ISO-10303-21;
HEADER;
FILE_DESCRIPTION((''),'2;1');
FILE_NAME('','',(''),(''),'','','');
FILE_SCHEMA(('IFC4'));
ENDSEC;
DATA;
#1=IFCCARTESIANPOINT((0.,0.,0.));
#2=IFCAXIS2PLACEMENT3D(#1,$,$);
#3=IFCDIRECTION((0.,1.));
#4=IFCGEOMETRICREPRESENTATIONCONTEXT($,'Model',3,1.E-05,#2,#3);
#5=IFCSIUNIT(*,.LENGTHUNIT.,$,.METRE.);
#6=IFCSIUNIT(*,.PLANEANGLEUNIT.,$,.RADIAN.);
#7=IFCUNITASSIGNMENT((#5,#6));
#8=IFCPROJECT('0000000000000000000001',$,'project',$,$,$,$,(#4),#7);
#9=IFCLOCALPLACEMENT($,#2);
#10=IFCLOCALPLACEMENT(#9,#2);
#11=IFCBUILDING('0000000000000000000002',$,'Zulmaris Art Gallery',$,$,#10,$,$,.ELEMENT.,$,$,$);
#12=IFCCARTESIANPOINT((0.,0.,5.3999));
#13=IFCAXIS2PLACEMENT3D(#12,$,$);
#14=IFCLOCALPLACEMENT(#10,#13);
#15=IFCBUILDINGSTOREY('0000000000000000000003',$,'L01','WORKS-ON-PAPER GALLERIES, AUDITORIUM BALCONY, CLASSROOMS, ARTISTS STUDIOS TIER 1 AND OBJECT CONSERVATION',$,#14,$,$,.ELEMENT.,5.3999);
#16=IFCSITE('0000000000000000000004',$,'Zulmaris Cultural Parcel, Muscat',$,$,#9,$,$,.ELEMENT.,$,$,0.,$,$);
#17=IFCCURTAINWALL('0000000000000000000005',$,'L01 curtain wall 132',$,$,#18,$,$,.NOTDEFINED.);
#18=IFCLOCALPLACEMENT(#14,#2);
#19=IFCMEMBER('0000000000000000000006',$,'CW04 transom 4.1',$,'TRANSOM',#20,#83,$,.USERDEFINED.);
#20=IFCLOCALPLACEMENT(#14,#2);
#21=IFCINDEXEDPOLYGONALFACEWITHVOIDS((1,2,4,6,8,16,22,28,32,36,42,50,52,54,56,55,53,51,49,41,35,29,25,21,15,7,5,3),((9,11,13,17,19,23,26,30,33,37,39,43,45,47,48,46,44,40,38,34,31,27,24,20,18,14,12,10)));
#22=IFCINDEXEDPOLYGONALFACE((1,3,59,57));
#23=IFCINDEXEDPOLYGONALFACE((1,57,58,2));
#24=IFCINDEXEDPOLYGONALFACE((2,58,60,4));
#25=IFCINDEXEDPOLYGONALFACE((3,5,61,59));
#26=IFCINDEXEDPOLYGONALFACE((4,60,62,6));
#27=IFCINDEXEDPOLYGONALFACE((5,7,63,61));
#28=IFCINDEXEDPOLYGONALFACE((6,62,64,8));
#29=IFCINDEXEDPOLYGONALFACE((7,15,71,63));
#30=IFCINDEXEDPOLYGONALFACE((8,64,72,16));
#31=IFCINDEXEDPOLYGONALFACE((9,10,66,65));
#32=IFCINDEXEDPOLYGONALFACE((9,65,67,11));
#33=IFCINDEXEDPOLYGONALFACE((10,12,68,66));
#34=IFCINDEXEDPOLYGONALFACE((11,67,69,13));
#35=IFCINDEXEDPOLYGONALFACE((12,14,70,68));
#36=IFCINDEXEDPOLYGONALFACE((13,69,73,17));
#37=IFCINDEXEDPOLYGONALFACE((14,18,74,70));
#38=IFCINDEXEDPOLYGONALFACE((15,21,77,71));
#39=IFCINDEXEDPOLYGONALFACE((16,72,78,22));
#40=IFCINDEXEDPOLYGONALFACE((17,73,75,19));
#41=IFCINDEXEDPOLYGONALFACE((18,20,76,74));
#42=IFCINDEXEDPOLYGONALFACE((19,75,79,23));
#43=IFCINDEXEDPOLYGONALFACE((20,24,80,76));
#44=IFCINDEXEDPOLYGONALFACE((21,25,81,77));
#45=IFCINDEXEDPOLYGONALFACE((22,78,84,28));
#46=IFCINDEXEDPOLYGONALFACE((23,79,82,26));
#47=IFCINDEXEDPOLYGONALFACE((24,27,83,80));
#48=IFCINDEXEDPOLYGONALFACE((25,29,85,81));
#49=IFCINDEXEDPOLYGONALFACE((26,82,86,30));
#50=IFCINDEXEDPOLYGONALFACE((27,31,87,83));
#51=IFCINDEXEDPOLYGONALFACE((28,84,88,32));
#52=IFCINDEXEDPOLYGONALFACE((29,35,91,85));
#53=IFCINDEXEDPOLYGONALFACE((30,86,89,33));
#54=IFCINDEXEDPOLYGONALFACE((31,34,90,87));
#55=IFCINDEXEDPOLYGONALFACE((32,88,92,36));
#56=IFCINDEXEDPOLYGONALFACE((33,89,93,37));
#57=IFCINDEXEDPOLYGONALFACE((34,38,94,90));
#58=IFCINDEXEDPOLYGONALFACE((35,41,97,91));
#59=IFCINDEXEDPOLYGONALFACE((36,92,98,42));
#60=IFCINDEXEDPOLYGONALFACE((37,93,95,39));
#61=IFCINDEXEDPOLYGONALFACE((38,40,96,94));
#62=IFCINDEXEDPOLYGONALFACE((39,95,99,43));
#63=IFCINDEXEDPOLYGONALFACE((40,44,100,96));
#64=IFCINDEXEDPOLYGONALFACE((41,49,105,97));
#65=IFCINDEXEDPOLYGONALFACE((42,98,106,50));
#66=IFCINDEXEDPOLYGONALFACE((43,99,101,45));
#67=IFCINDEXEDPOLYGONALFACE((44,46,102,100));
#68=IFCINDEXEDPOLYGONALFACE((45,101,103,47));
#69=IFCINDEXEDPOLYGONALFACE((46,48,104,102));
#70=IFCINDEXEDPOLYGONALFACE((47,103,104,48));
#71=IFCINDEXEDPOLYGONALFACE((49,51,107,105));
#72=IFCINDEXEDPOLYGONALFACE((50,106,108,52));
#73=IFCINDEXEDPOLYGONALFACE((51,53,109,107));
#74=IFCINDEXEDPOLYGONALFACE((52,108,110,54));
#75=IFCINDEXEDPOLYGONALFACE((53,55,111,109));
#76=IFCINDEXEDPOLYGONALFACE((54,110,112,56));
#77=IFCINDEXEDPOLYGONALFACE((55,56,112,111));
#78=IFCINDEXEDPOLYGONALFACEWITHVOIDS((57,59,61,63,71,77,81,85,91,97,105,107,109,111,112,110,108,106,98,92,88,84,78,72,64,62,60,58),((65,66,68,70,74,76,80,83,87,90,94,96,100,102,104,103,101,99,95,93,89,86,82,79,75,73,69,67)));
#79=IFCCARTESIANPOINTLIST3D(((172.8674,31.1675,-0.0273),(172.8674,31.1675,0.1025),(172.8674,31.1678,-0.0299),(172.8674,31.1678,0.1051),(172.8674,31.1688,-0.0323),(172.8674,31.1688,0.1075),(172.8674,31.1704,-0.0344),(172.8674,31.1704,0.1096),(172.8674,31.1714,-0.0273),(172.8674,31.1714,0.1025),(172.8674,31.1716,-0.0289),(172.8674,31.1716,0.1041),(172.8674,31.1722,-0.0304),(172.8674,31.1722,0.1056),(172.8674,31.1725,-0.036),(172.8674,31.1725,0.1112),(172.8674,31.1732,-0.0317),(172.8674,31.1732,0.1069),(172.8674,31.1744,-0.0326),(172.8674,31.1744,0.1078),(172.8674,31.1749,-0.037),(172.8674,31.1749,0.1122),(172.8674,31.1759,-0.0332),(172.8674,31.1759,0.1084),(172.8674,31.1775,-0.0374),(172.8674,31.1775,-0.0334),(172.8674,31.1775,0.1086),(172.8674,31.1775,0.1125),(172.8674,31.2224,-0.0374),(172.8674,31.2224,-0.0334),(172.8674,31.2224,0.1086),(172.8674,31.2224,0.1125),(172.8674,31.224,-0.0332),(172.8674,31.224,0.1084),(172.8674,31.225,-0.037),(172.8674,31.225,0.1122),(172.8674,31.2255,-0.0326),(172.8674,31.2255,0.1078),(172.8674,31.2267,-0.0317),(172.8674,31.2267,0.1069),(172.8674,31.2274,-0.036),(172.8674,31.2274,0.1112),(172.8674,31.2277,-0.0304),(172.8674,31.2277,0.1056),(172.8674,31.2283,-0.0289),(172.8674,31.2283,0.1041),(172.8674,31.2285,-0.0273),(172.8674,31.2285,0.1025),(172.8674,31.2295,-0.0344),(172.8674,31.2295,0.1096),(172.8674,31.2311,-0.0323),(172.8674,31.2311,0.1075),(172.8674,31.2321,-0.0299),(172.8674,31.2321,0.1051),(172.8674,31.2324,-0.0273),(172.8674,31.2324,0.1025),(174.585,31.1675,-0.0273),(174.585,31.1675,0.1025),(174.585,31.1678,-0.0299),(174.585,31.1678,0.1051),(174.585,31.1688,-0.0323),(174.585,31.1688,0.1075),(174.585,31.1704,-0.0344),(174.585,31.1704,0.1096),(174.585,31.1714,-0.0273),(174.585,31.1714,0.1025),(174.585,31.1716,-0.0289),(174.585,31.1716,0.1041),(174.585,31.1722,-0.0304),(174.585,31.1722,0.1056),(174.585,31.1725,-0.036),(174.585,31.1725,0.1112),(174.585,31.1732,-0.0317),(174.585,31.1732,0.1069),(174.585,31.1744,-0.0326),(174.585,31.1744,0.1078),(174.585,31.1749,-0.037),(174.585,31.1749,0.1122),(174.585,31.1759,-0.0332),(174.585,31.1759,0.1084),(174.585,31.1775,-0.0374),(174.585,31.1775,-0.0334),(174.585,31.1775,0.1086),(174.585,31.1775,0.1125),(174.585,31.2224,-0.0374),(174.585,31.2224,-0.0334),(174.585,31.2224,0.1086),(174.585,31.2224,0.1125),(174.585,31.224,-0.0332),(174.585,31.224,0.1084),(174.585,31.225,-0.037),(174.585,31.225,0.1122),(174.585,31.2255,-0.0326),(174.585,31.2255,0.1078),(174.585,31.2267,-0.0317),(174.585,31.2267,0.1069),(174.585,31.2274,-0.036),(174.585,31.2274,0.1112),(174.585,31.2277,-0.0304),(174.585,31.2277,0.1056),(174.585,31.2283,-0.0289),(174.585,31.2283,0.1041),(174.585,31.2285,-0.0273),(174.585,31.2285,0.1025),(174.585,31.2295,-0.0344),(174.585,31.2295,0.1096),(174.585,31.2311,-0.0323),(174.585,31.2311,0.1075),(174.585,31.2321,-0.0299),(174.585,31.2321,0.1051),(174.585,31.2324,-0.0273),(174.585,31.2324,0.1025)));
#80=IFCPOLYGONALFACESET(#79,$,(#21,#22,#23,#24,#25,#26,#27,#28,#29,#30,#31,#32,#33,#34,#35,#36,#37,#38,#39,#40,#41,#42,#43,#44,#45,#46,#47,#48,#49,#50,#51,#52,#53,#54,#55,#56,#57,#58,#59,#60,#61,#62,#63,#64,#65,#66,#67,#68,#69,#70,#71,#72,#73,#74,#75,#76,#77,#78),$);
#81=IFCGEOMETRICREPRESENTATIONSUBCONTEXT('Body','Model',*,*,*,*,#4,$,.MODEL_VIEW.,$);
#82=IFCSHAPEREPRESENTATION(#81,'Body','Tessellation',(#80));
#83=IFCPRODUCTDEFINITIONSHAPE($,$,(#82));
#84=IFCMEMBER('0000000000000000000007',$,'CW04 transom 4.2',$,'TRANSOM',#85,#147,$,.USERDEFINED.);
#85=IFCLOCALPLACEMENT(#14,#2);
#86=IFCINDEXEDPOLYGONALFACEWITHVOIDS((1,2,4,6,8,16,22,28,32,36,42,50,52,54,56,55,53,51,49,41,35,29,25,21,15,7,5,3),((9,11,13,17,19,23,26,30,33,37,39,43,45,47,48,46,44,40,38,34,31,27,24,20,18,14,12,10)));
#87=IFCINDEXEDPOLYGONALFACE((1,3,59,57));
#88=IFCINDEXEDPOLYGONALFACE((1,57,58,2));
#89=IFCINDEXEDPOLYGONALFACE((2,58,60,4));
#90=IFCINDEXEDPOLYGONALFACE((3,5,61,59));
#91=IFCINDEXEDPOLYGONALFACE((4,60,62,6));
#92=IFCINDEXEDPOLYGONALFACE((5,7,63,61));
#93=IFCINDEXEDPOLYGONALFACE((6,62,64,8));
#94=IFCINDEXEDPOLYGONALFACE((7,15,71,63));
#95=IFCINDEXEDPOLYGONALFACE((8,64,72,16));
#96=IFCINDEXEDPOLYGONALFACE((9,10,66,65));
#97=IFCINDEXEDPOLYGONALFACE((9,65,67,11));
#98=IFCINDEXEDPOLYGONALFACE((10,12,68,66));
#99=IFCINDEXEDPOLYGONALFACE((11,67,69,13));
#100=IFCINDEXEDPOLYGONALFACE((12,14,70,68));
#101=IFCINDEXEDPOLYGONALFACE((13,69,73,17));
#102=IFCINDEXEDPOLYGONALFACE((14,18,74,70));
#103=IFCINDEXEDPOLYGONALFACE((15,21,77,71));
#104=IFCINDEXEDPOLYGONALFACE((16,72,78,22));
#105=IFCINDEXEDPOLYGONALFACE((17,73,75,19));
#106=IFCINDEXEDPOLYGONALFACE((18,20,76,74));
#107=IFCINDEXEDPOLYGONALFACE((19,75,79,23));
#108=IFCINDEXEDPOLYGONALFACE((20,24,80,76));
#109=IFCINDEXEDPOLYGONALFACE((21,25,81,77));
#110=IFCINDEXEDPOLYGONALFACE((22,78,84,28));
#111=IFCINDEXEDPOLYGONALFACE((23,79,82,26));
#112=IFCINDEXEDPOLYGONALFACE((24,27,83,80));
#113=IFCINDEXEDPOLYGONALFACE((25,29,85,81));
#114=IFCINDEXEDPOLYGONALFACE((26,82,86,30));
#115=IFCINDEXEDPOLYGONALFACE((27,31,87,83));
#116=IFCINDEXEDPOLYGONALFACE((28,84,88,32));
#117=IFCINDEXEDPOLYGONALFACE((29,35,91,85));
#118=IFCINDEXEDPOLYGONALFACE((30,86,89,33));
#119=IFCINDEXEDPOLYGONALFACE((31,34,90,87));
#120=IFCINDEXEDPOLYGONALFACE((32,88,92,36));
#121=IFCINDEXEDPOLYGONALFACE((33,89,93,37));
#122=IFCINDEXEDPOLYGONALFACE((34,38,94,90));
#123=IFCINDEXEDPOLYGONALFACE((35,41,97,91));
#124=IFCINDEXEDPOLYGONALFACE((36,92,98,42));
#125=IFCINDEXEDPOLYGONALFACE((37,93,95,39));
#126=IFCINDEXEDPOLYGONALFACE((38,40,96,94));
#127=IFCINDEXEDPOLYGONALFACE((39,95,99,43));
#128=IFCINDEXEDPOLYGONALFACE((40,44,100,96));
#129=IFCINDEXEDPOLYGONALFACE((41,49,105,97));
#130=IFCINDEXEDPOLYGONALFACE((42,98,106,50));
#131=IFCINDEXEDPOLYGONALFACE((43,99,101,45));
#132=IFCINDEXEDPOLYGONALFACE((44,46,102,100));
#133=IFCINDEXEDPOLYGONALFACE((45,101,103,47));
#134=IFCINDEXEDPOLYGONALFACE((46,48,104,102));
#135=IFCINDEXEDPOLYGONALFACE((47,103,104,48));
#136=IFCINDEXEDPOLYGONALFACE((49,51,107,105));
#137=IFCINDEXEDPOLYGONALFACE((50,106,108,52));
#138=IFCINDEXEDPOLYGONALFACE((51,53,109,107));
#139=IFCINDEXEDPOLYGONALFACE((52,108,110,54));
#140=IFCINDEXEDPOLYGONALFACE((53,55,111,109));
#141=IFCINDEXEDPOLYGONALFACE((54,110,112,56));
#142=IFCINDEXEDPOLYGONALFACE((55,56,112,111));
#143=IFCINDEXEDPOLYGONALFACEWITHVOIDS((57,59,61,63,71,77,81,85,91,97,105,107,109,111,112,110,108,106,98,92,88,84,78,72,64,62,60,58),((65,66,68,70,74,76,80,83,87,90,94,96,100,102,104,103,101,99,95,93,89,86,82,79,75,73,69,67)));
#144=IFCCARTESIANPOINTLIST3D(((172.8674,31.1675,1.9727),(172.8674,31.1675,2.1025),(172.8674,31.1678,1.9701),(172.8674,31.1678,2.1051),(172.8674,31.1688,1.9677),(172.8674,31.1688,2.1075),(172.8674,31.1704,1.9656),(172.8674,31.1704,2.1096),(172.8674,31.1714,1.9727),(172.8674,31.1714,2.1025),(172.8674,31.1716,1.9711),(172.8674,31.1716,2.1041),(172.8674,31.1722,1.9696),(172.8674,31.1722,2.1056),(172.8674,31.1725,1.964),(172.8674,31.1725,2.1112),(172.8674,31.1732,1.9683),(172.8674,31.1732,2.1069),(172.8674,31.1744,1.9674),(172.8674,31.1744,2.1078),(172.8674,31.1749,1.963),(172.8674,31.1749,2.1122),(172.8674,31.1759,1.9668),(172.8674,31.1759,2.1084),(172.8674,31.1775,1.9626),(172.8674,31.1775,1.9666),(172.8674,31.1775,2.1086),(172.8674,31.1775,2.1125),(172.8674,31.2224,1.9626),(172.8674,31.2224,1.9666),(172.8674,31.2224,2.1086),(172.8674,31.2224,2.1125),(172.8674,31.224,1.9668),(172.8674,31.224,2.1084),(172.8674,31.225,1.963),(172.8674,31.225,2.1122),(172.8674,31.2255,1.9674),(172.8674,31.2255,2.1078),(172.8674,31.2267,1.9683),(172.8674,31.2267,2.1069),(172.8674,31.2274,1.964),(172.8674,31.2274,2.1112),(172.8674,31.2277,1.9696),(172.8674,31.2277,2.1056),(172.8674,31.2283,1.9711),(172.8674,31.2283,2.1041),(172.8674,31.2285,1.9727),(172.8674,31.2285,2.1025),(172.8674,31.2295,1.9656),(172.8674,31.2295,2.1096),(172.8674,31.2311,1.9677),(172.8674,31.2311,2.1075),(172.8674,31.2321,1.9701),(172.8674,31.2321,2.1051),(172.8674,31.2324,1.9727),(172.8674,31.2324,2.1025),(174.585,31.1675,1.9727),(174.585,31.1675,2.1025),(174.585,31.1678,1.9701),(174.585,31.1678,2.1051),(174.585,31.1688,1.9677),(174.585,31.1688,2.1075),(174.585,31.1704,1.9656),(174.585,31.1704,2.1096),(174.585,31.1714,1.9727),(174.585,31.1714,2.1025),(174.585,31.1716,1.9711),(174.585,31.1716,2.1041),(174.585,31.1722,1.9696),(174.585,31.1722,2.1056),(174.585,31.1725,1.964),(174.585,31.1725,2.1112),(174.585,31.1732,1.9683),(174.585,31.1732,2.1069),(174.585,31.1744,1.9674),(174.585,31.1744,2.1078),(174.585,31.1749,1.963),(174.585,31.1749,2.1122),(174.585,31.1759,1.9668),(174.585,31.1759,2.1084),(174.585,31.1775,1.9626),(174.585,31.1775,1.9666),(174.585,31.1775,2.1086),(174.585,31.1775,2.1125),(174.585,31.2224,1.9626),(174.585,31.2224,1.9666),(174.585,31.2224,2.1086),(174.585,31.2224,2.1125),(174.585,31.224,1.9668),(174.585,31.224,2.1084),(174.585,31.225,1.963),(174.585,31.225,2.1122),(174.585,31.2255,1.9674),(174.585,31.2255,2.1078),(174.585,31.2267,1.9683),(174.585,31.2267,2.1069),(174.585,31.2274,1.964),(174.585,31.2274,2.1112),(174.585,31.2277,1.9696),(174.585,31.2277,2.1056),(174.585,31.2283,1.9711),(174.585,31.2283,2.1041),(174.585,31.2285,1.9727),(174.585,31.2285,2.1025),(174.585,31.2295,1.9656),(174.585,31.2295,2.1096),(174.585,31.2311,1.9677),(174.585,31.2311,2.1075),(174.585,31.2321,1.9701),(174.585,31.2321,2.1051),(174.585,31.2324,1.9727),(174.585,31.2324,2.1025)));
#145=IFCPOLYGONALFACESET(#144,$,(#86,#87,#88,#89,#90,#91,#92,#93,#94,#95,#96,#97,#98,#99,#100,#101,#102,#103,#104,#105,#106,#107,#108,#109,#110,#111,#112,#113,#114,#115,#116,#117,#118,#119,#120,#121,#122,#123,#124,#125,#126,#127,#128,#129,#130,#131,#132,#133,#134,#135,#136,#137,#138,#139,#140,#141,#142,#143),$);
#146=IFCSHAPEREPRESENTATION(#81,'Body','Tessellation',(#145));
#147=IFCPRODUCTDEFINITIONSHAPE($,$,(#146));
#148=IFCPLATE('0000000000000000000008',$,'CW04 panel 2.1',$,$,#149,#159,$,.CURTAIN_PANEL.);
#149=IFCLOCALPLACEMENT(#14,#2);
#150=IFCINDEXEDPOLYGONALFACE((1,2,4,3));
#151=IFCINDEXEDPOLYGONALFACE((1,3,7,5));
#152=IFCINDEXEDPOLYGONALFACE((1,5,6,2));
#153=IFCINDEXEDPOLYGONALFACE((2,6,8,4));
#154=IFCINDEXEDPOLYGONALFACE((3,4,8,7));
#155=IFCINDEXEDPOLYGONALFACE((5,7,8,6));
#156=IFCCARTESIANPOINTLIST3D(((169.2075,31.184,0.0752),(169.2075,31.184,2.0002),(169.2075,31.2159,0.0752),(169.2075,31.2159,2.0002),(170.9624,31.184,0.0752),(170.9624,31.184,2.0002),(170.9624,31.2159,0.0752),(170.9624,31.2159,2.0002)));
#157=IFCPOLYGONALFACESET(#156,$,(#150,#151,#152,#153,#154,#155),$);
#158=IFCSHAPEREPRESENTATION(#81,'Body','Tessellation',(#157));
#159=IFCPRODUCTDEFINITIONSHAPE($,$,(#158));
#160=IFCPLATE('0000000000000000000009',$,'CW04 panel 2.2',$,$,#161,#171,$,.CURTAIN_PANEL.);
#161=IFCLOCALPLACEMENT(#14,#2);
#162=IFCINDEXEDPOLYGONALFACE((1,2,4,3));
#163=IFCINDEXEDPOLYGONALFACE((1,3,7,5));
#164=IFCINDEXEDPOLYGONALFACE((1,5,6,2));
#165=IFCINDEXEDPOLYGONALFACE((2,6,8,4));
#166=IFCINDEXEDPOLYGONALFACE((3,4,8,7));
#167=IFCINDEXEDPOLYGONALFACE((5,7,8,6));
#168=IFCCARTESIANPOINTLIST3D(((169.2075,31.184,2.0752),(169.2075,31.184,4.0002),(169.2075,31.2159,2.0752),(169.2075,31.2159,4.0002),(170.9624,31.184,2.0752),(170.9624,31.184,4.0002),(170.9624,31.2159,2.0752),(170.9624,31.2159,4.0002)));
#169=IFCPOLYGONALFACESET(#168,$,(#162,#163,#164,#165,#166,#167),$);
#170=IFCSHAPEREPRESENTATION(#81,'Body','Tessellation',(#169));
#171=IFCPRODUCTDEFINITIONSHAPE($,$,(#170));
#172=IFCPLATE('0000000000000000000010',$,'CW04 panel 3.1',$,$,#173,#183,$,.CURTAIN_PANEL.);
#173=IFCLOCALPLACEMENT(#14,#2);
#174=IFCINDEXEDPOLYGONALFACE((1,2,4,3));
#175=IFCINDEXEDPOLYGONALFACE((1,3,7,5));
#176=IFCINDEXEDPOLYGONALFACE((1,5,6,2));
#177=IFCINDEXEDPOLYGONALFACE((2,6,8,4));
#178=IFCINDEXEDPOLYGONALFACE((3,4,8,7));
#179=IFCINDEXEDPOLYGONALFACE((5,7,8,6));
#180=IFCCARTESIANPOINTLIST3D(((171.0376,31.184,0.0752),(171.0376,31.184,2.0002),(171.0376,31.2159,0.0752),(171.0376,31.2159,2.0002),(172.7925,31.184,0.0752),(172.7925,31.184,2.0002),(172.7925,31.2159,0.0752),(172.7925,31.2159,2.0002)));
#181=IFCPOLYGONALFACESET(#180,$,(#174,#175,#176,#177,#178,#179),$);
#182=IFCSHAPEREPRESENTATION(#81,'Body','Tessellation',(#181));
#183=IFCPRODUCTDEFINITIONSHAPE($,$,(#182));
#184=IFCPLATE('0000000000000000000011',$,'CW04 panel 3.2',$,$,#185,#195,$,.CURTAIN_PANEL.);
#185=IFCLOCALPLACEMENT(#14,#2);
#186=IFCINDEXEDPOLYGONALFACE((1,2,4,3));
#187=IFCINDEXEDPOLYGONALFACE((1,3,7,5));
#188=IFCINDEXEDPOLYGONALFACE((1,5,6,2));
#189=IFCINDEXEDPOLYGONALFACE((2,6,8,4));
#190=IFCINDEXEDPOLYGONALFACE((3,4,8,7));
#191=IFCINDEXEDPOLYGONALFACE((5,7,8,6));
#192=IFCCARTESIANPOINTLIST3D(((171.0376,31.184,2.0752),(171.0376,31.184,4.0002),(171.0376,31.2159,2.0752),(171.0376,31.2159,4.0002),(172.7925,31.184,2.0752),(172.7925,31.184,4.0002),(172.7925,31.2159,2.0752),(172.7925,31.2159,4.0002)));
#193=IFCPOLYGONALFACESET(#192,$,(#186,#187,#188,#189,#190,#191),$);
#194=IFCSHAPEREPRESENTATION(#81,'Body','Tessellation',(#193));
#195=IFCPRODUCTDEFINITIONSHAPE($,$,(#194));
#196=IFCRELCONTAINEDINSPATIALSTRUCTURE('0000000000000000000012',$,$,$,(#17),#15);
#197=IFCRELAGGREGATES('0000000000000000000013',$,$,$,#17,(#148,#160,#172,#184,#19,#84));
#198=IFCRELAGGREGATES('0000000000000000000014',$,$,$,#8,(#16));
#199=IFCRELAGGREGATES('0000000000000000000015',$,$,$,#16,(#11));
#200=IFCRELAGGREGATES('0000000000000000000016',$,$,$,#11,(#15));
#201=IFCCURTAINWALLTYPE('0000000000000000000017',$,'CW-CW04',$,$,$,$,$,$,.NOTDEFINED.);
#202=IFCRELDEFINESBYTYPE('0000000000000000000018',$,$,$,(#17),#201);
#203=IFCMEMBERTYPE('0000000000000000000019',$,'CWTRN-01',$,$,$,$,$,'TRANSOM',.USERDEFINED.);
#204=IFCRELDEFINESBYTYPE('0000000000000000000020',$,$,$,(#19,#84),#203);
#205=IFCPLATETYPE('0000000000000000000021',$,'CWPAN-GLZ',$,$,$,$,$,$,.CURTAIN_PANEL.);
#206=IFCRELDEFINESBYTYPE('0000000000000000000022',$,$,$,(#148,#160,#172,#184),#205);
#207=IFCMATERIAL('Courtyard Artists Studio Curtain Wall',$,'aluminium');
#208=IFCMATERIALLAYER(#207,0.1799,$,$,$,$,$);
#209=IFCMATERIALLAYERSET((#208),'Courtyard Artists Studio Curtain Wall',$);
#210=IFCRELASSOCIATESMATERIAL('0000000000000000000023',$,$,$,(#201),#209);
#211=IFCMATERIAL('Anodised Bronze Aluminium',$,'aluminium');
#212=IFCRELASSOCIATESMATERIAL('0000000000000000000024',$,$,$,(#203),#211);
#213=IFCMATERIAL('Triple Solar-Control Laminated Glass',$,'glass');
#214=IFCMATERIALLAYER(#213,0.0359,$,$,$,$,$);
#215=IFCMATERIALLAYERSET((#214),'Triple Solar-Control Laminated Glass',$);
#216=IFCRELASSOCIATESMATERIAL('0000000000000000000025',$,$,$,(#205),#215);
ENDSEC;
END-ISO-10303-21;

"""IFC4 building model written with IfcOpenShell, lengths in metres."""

from ifc_helpers import new_model, si_unit, direction, frame, origin, origin_2d, place, context, subcontext, project, spatial, rectangle, hollow_rectangle, extrude, material, layer, layer_set, material_profile, profile_set, type_object, element, aggregate, save


model = new_model("IFC4")

# Units and contexts
model_context = context("Model", 3, precision=1e-05, world=origin(), true_north=direction((0.0, 1.0)))
body_context = subcontext(model_context, "Body", "Model", "MODEL_VIEW")
ifc_project = project(units=[si_unit("LENGTHUNIT", "METRE"), si_unit("PLANEANGLEUNIT", "RADIAN")], contexts=[model_context])

# Site, building, storey
site_placement = place(None, origin())
site = spatial("IfcSite", under=ifc_project, at=site_placement, Name="Zulmaris Cultural Parcel, Muscat", CompositionType="ELEMENT", RefElevation=0.0)
building_placement = place(site_placement, origin())
building = spatial("IfcBuilding", under=site, at=building_placement, Name="Zulmaris Art Gallery", CompositionType="ELEMENT")
storey_placement = place(building_placement, frame((0.0, 0.0, 5.3999)))
storey = spatial("IfcBuildingStorey", under=building, at=storey_placement, Name="L01", Description="WORKS-ON-PAPER GALLERIES, AUDITORIUM BALCONY, CLASSROOMS, ARTISTS STUDIOS TIER 1 AND OBJECT CONSERVATION", CompositionType="ELEMENT", Elevation=5.3999)

# Curtain wall, members, plates
ifc_material_1 = material(Name="Courtyard Artists Studio Curtain Wall", Category="aluminium")
ifc_layer_1 = layer(ifc_material_1, 0.1799)
ifc_layer_set_1 = layer_set([ifc_layer_1], Name="Courtyard Artists Studio Curtain Wall")
curtain_wall_type = type_object("IfcCurtainWallType", Name="CW-CW04", PredefinedType="NOTDEFINED", material=ifc_layer_set_1)
curtain_wall_placement = place(storey_placement, origin())
curtain_wall = element("IfcCurtainWall", 1, at=curtain_wall_placement, inside=storey, type_object=curtain_wall_type, Name="L01 curtain wall 132", PredefinedType="NOTDEFINED")
ifc_material_2 = material(Name="Anodised Bronze Aluminium", Category="aluminium")
ifc_material_profile_1 = material_profile(ifc_material_2, hollow_rectangle(XDim=0.0649, YDim=0.1499, WallThickness=0.0039, InnerFilletRadius=0.0061, OuterFilletRadius=0.01, at=origin_2d()), Name="ALU 65x150x4")
ifc_profile_set_1 = profile_set([ifc_material_profile_1], Name="Anodised Bronze Aluminium")
member_type_1 = type_object("IfcMemberType", Name="CWTRN-01", ElementType="TRANSOM", PredefinedType="USERDEFINED", material=ifc_profile_set_1)
member_1_placement = place(storey_placement, frame((172.8674, 31.2, 0.0376), z_axis=(1.0, 0.0, 0.0), x_axis=(0.0, 1.0, 0.0)))
member_1 = element("IfcMember", 2, at=member_1_placement, type_object=member_type_1, Name="CW04 transom 4.1", ObjectType="TRANSOM", PredefinedType="USERDEFINED", context=body_context, shape_type="SweptSolid", body=[
    extrude(hollow_rectangle(XDim=0.0649, YDim=0.1499, WallThickness=0.0039, InnerFilletRadius=0.0061, OuterFilletRadius=0.01, at=origin_2d()), origin(), (0.0, 0.0, 1.0), 1.7175),
])
member_2_placement = place(storey_placement, frame((172.8674, 31.2, 2.0376), z_axis=(1.0, 0.0, 0.0), x_axis=(0.0, 1.0, 0.0)))
member_2 = element("IfcMember", 3, at=member_2_placement, type_object=member_type_1, Name="CW04 transom 4.2", ObjectType="TRANSOM", PredefinedType="USERDEFINED", context=body_context, shape_type="SweptSolid", body=[
    extrude(hollow_rectangle(XDim=0.0649, YDim=0.1499, WallThickness=0.0039, InnerFilletRadius=0.0061, OuterFilletRadius=0.01, at=origin_2d()), origin(), (0.0, 0.0, 1.0), 1.7175),
])
ifc_material_3 = material(Name="Triple Solar-Control Laminated Glass", Category="glass")
ifc_layer_2 = layer(ifc_material_3, 0.0359)
ifc_layer_set_2 = layer_set([ifc_layer_2], Name="Triple Solar-Control Laminated Glass")
plate_type = type_object("IfcPlateType", Name="CWPAN-GLZ", PredefinedType="CURTAIN_PANEL", material=ifc_layer_set_2)
plate_1_placement = place(storey_placement, frame((170.085, 31.2, 0.0752), z_axis=(0.0, 0.0, 1.0), x_axis=(1.0, 0.0, 0.0)))
plate_1 = element("IfcPlate", 4, at=plate_1_placement, type_object=plate_type, Name="CW04 panel 2.1", PredefinedType="CURTAIN_PANEL", context=body_context, shape_type="SweptSolid", body=[
    extrude(rectangle(XDim=1.7549, YDim=0.032, at=origin_2d()), origin(), (0.0, 0.0, 1.0), 1.925),
])
plate_2_placement = place(storey_placement, frame((170.085, 31.2, 2.0752), z_axis=(0.0, 0.0, 1.0), x_axis=(1.0, 0.0, 0.0)))
plate_2 = element("IfcPlate", 5, at=plate_2_placement, type_object=plate_type, Name="CW04 panel 2.2", PredefinedType="CURTAIN_PANEL", context=body_context, shape_type="SweptSolid", body=[
    extrude(rectangle(XDim=1.7549, YDim=0.032, at=origin_2d()), origin(), (0.0, 0.0, 1.0), 1.925),
])
plate_3_placement = place(storey_placement, frame((171.915, 31.2, 0.0752), z_axis=(0.0, 0.0, 1.0), x_axis=(1.0, 0.0, 0.0)))
plate_3 = element("IfcPlate", 6, at=plate_3_placement, type_object=plate_type, Name="CW04 panel 3.1", PredefinedType="CURTAIN_PANEL", context=body_context, shape_type="SweptSolid", body=[
    extrude(rectangle(XDim=1.7549, YDim=0.032, at=origin_2d()), origin(), (0.0, 0.0, 1.0), 1.925),
])
plate_4_placement = place(storey_placement, frame((171.915, 31.2, 2.0752), z_axis=(0.0, 0.0, 1.0), x_axis=(1.0, 0.0, 0.0)))
plate_4 = element("IfcPlate", 7, at=plate_4_placement, type_object=plate_type, Name="CW04 panel 3.2", PredefinedType="CURTAIN_PANEL", context=body_context, shape_type="SweptSolid", body=[
    extrude(rectangle(XDim=1.7549, YDim=0.032, at=origin_2d()), origin(), (0.0, 0.0, 1.0), 1.925),
])
aggregate(curtain_wall, [plate_1, plate_2, plate_3, plate_4, member_1, member_2])

save(model, "model.ifc")
